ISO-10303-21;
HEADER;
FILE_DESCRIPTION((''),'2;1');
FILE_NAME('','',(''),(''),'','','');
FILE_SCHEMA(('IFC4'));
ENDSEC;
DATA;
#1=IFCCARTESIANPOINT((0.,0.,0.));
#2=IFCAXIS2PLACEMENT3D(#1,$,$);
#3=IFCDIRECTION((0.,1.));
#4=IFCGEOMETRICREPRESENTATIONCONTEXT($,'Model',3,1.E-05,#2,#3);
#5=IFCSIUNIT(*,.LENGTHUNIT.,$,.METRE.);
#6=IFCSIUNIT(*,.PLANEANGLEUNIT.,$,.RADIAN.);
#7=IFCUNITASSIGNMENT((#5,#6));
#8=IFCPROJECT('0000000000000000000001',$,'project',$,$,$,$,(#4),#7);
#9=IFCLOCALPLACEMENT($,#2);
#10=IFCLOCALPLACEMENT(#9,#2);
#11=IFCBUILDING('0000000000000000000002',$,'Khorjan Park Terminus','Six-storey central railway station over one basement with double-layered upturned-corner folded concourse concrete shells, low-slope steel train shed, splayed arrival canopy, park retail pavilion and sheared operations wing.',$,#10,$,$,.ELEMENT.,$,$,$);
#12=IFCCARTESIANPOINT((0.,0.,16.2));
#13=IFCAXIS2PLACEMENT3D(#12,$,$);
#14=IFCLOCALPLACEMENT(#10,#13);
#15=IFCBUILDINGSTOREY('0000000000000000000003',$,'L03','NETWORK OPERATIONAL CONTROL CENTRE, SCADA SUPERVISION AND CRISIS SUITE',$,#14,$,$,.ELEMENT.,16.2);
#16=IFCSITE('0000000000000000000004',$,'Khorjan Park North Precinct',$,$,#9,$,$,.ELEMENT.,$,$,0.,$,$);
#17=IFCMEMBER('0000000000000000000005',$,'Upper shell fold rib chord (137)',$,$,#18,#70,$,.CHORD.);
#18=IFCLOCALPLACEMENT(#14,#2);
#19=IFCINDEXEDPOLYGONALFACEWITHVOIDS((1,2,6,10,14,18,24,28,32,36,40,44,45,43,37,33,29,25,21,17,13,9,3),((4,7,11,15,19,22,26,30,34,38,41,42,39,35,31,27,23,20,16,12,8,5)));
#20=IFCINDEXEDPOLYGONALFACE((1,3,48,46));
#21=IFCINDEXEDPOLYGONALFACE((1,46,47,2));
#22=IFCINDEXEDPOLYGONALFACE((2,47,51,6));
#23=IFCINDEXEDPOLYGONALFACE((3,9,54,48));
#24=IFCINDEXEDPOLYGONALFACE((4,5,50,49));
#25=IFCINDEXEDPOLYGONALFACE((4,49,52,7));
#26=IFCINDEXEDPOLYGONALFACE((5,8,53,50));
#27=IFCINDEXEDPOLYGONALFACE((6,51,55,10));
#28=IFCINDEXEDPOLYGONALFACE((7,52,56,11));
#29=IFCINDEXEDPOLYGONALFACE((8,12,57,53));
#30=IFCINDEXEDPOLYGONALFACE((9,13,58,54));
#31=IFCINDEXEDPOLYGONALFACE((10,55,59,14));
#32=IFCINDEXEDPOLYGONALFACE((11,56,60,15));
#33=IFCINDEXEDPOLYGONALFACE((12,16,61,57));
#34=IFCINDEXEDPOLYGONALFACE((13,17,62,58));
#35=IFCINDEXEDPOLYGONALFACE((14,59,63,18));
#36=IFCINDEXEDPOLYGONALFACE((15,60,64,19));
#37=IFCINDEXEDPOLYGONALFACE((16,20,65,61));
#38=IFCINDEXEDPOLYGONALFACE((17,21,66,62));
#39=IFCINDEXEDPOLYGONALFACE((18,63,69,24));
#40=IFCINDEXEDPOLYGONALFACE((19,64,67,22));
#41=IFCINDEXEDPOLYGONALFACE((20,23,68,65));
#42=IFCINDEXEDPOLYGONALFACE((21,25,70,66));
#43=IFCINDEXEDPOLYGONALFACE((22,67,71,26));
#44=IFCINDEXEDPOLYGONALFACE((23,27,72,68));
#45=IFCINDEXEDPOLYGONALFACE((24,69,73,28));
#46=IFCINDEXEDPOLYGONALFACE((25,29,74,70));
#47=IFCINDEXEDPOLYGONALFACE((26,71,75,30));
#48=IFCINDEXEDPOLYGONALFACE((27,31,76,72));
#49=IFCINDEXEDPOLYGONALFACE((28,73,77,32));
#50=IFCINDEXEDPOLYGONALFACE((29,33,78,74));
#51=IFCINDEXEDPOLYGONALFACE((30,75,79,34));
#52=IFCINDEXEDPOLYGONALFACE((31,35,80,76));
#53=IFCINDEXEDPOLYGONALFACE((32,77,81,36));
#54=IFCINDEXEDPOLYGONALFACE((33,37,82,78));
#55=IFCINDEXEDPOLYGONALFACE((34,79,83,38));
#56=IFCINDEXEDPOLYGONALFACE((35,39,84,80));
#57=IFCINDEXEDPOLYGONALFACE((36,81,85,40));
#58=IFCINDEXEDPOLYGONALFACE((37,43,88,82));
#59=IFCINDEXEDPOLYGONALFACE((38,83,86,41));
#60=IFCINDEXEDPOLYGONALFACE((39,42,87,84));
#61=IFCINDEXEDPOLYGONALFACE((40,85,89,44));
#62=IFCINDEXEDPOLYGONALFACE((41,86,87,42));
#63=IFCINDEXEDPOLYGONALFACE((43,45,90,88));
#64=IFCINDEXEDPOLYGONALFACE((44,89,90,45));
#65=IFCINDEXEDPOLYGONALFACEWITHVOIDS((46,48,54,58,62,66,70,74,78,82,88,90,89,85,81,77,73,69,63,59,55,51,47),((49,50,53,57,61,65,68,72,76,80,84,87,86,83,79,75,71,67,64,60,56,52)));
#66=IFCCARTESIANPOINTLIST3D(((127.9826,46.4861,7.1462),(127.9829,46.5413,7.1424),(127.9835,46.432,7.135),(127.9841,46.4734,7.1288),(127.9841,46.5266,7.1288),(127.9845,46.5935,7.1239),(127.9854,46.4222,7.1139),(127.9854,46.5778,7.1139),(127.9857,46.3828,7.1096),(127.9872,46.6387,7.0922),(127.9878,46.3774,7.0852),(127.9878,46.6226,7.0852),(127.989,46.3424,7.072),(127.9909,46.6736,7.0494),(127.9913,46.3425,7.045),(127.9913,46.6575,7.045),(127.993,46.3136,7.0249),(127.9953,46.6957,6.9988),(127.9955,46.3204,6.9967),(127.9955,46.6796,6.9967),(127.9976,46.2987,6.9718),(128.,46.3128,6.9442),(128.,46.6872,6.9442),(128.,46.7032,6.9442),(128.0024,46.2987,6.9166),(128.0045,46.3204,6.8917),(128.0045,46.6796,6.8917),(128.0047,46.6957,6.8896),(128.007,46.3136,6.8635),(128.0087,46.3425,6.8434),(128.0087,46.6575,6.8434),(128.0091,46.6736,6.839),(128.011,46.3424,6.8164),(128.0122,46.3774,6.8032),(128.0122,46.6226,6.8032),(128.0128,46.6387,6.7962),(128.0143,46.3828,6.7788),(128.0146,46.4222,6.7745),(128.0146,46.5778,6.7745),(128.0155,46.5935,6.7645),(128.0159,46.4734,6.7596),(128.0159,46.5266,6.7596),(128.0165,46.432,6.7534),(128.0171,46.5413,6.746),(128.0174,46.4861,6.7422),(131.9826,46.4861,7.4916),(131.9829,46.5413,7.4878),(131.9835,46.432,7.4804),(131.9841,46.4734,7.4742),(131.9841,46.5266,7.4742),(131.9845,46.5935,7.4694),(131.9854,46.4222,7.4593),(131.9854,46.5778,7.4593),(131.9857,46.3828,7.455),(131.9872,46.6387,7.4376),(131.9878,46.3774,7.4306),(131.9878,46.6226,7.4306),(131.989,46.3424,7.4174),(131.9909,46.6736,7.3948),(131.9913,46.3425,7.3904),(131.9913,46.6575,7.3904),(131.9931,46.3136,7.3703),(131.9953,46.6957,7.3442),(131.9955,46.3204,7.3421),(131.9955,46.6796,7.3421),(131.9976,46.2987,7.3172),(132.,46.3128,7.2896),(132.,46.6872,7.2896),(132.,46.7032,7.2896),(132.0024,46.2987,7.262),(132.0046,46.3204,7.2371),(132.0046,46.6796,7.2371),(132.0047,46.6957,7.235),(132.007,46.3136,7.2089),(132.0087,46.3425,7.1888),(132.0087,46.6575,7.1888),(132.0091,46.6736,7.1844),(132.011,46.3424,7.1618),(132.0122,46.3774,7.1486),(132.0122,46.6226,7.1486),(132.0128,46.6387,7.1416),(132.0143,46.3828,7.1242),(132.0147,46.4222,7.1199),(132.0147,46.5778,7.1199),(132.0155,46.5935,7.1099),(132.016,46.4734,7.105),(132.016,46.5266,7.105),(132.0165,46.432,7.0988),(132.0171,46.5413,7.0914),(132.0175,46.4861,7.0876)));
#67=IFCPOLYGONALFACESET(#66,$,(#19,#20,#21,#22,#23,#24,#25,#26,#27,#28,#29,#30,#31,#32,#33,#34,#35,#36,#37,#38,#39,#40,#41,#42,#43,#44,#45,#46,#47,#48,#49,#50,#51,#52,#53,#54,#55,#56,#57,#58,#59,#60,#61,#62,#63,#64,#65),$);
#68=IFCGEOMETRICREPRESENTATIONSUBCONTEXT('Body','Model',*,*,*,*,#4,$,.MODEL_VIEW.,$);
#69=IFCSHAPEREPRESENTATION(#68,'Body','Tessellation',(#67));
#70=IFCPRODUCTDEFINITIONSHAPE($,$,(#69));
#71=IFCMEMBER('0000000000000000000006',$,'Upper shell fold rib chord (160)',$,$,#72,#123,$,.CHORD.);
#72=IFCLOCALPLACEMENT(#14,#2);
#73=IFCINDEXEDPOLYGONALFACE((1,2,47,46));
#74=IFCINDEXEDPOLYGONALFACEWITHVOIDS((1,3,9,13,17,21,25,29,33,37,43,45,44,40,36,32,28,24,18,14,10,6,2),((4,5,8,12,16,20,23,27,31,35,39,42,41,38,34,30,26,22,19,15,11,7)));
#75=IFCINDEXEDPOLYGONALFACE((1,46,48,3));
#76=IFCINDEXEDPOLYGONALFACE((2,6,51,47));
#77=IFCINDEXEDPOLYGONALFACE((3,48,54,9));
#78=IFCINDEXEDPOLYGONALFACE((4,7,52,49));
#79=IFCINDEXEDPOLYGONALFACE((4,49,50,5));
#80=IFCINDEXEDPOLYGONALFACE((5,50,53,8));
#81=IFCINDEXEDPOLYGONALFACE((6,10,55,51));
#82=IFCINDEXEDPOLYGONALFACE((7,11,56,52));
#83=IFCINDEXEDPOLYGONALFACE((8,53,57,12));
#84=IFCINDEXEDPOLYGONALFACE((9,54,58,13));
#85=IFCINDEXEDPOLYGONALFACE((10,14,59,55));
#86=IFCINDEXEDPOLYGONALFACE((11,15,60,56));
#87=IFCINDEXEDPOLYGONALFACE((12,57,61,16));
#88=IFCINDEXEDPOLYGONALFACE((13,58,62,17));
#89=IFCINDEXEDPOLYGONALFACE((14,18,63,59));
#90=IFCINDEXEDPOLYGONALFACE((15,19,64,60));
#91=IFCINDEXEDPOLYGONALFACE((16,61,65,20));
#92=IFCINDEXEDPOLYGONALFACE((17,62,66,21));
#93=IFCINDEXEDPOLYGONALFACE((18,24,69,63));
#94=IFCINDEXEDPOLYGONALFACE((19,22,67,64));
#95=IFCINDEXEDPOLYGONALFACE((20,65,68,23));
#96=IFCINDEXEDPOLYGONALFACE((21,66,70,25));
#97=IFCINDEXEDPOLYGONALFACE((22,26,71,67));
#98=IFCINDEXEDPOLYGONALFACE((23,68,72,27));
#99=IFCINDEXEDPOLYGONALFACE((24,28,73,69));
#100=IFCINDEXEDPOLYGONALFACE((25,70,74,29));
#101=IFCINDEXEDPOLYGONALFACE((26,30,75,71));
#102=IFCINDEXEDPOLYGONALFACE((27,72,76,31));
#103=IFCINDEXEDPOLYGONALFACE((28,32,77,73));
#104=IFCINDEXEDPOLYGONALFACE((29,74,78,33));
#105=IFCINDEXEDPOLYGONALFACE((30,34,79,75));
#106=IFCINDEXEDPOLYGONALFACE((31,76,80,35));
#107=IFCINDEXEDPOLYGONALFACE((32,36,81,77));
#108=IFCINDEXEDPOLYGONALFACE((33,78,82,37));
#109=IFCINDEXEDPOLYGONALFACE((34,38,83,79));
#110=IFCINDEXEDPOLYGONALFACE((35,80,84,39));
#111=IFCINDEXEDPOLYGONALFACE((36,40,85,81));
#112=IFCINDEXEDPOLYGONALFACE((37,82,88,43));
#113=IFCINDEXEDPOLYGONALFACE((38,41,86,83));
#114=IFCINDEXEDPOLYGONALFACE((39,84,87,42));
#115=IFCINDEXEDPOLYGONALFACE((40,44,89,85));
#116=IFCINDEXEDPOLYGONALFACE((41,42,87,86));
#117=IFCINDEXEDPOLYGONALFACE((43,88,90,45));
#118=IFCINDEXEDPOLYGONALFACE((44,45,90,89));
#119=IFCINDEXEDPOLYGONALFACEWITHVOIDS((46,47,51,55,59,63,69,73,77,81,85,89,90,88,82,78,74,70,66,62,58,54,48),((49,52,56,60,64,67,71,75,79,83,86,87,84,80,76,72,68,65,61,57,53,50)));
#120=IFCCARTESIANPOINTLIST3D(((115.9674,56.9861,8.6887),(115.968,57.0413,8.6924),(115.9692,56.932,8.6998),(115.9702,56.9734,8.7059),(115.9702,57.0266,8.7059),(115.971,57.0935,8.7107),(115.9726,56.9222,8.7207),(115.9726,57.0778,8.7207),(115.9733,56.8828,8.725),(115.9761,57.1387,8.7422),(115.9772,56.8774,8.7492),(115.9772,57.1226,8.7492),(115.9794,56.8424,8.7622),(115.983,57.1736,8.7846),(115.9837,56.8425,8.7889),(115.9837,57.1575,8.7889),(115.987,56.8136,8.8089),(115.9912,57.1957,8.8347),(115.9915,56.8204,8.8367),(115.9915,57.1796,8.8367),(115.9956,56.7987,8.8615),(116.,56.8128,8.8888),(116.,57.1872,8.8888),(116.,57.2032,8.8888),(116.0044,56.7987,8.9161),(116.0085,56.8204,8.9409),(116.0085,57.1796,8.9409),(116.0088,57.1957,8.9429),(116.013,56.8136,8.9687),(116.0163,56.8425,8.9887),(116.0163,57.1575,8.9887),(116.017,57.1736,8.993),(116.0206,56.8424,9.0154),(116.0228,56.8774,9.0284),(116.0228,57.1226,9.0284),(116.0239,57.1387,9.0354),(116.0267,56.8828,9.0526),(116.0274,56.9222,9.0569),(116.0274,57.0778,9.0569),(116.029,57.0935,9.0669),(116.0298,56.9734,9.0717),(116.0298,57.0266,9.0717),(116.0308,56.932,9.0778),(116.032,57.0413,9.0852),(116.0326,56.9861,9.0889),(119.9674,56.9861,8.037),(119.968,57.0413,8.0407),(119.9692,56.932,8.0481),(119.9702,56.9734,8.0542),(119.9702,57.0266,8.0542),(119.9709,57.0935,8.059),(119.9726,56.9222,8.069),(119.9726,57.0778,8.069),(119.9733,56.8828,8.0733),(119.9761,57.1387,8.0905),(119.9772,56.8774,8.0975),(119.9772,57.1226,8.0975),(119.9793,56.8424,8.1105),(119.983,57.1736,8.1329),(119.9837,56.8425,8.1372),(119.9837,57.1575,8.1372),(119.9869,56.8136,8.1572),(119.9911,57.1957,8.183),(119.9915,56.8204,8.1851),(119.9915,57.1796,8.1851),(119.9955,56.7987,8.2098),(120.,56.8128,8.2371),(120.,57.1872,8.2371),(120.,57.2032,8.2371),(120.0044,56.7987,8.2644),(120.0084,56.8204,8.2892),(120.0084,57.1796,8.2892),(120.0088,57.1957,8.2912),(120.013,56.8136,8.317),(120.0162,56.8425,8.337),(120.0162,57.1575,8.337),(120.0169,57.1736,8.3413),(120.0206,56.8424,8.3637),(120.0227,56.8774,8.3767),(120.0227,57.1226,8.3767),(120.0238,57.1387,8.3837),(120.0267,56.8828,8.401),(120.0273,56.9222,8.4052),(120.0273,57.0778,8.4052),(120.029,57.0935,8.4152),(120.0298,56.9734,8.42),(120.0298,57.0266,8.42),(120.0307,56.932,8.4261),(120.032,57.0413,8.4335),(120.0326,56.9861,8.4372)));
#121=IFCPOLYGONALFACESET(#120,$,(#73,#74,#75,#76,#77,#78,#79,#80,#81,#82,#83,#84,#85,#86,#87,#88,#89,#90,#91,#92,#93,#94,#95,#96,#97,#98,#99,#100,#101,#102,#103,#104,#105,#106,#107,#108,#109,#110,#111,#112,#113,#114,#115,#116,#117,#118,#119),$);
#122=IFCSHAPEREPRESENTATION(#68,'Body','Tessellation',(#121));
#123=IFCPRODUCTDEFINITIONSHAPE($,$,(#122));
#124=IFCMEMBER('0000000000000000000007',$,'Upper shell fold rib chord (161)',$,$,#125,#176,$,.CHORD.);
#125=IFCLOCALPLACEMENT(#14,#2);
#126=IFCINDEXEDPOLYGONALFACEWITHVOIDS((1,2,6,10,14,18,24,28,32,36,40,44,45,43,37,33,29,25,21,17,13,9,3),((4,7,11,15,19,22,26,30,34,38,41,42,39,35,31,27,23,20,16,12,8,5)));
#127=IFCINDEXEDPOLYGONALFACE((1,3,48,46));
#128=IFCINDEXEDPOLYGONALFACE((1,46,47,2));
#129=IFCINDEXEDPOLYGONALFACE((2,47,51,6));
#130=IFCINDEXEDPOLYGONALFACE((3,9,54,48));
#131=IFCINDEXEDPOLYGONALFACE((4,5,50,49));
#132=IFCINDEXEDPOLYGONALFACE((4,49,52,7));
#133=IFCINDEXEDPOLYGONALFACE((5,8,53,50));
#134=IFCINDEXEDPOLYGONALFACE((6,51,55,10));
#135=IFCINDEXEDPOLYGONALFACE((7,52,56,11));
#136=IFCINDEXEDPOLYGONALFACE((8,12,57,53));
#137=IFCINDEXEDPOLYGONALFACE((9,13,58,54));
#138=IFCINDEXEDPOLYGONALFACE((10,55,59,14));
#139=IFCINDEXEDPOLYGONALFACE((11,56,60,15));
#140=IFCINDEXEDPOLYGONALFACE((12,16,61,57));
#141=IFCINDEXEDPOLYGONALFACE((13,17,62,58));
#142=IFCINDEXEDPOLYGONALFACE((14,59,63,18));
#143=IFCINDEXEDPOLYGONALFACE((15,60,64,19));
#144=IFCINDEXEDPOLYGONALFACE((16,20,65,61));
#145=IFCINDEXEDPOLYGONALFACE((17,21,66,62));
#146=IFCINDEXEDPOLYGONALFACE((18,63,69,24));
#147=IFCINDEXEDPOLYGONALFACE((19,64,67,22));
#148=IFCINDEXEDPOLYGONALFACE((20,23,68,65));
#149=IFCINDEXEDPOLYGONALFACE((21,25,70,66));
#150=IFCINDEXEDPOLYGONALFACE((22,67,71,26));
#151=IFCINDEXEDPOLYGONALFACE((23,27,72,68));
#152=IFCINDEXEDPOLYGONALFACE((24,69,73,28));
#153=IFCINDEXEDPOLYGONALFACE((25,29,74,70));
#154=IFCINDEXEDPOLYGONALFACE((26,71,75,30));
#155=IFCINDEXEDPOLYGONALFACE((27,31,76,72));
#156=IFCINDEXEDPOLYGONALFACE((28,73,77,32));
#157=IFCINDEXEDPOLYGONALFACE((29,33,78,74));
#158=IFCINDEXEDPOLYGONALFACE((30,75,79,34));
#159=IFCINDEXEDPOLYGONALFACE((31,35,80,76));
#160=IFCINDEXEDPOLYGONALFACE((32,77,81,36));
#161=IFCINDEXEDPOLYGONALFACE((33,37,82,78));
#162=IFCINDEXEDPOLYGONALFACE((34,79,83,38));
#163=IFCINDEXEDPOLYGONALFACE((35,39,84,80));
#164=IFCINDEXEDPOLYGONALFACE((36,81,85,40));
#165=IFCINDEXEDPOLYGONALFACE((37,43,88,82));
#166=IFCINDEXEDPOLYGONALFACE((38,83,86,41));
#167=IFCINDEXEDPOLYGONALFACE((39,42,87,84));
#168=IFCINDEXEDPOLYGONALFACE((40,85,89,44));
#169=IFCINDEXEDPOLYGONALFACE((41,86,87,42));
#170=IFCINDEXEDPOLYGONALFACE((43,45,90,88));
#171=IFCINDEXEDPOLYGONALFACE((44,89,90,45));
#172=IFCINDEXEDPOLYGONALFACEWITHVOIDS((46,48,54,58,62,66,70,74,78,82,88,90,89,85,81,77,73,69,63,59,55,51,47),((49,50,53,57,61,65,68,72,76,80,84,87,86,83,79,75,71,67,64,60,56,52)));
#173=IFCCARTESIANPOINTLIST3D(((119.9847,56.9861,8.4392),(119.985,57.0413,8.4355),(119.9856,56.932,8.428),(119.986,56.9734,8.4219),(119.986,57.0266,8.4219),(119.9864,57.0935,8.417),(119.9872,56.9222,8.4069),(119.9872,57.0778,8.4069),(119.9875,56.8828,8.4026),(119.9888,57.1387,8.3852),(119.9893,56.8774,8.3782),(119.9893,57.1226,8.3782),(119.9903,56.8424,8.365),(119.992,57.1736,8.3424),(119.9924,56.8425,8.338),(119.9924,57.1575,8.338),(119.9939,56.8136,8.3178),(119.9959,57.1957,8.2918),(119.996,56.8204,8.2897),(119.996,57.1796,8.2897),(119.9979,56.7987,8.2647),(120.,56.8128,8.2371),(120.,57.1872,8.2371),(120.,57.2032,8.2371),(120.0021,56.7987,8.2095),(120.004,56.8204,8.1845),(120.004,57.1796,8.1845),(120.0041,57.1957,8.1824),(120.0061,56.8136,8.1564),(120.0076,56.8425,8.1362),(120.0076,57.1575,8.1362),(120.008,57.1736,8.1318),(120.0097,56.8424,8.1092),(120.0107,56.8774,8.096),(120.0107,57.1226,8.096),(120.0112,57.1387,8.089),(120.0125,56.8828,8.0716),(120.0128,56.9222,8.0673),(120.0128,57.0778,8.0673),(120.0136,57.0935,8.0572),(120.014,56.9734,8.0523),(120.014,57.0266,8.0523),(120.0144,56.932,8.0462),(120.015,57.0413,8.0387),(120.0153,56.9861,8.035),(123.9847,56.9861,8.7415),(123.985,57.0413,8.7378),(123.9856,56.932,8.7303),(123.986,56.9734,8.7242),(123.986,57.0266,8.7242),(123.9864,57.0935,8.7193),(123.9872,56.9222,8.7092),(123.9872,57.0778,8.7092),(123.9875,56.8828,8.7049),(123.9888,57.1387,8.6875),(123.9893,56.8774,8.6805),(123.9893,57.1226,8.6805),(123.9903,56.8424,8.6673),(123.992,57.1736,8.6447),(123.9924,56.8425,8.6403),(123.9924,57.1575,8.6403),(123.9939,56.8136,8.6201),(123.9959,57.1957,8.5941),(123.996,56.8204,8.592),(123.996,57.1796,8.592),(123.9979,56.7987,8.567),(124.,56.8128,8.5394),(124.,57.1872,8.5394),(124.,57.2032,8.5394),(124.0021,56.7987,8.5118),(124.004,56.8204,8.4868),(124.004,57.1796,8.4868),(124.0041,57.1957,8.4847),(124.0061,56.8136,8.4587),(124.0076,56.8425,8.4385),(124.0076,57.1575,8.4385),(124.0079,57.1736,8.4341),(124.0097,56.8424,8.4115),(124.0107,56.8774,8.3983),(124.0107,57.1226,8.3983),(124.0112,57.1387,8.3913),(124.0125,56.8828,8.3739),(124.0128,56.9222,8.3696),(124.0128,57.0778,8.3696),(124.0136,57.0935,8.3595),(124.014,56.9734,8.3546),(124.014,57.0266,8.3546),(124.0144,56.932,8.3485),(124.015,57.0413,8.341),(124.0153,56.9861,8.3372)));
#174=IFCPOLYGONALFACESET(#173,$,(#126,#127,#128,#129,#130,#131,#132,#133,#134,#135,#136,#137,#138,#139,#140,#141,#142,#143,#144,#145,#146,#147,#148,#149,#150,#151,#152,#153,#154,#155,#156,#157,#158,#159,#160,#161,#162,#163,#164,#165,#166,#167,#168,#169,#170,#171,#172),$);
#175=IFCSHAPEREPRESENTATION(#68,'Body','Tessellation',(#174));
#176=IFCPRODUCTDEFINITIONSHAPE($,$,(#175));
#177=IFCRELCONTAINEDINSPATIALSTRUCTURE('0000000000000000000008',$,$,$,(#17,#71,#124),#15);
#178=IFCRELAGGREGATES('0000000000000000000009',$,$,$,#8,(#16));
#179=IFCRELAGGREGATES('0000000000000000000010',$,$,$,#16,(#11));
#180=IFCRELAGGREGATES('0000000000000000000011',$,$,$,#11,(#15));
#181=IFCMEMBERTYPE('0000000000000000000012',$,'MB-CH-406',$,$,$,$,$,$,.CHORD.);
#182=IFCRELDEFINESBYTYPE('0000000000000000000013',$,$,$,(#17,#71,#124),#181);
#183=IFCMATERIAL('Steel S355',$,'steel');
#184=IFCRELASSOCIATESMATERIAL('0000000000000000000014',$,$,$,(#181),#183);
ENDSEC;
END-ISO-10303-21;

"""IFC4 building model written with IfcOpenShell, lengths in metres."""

from ifc_helpers import new_model, si_unit, direction, frame, origin, origin_2d, place, context, subcontext, project, spatial, hollow_circle, extrude, material, material_profile, profile_set, type_object, element, save


model = new_model("IFC4")

# Units and contexts
model_context = context("Model", 3, precision=1e-05, world=origin(), true_north=direction((0.0, 1.0)))
body_context = subcontext(model_context, "Body", "Model", "MODEL_VIEW")
ifc_project = project(units=[si_unit("LENGTHUNIT", "METRE"), si_unit("PLANEANGLEUNIT", "RADIAN")], contexts=[model_context])

# Site, building, storey
site_placement = place(None, origin())
site = spatial("IfcSite", under=ifc_project, at=site_placement, Name="Khorjan Park North Precinct", CompositionType="ELEMENT", RefElevation=0.0)
building_placement = place(site_placement, origin())
building = spatial("IfcBuilding", under=site, at=building_placement, Name="Khorjan Park Terminus", Description="Six-storey central railway station over one basement with double-layered upturned-corner folded concourse concrete shells, low-slope steel train shed, splayed arrival canopy, park retail pavilion and sheared operations wing.", CompositionType="ELEMENT")
storey_placement = place(building_placement, frame((0.0, 0.0, 16.2)))
storey = spatial("IfcBuildingStorey", under=building, at=storey_placement, Name="L03", Description="NETWORK OPERATIONAL CONTROL CENTRE, SCADA SUPERVISION AND CRISIS SUITE", CompositionType="ELEMENT", Elevation=16.2)

# Members
ifc_material = material(Name="Steel S355", Category="steel")
ifc_material_profile_1 = material_profile(ifc_material, hollow_circle(Radius=0.2032, WallThickness=0.016, at=origin_2d()), Name="CHS 406.4x16")
ifc_profile_set_1 = profile_set([ifc_material_profile_1], Name="Steel S355")
member_type_1 = type_object("IfcMemberType", Name="MB-CH-406", PredefinedType="CHORD", material=ifc_profile_set_1)
member_1_placement = place(storey_placement, frame((128.0, 46.5, 6.9442), z_axis=(0.996293, 0.0, 0.08603), x_axis=(0.0, 1.0, 0.0)))
element("IfcMember", 1, at=member_1_placement, inside=storey, type_object=member_type_1, Name="Upper shell fold rib chord (137)", PredefinedType="CHORD", context=body_context, shape_type="SweptSolid", body=[
    extrude(hollow_circle(Radius=0.2032, WallThickness=0.016, at=origin_2d()), origin(), (0.0, 0.0, 1.0), 4.0149),
])
member_2_placement = place(storey_placement, frame((116.0, 57.0, 8.8888), z_axis=(0.986986, 0.0, -0.160805), x_axis=(0.0, 1.0, 0.0)))
element("IfcMember", 2, at=member_2_placement, inside=storey, type_object=member_type_1, Name="Upper shell fold rib chord (160)", PredefinedType="CHORD", context=body_context, shape_type="SweptSolid", body=[
    extrude(hollow_circle(Radius=0.2032, WallThickness=0.016, at=origin_2d()), origin(), (0.0, 0.0, 1.0), 4.0527),
])
member_3_placement = place(storey_placement, frame((120.0, 57.0, 8.2371), z_axis=(0.997156, 0.0, 0.07536), x_axis=(0.0, 1.0, 0.0)))
element("IfcMember", 3, at=member_3_placement, inside=storey, type_object=member_type_1, Name="Upper shell fold rib chord (161)", PredefinedType="CHORD", context=body_context, shape_type="SweptSolid", body=[
    extrude(hollow_circle(Radius=0.2032, WallThickness=0.016, at=origin_2d()), origin(), (0.0, 0.0, 1.0), 4.0114),
])

save(model, "model.ifc")
